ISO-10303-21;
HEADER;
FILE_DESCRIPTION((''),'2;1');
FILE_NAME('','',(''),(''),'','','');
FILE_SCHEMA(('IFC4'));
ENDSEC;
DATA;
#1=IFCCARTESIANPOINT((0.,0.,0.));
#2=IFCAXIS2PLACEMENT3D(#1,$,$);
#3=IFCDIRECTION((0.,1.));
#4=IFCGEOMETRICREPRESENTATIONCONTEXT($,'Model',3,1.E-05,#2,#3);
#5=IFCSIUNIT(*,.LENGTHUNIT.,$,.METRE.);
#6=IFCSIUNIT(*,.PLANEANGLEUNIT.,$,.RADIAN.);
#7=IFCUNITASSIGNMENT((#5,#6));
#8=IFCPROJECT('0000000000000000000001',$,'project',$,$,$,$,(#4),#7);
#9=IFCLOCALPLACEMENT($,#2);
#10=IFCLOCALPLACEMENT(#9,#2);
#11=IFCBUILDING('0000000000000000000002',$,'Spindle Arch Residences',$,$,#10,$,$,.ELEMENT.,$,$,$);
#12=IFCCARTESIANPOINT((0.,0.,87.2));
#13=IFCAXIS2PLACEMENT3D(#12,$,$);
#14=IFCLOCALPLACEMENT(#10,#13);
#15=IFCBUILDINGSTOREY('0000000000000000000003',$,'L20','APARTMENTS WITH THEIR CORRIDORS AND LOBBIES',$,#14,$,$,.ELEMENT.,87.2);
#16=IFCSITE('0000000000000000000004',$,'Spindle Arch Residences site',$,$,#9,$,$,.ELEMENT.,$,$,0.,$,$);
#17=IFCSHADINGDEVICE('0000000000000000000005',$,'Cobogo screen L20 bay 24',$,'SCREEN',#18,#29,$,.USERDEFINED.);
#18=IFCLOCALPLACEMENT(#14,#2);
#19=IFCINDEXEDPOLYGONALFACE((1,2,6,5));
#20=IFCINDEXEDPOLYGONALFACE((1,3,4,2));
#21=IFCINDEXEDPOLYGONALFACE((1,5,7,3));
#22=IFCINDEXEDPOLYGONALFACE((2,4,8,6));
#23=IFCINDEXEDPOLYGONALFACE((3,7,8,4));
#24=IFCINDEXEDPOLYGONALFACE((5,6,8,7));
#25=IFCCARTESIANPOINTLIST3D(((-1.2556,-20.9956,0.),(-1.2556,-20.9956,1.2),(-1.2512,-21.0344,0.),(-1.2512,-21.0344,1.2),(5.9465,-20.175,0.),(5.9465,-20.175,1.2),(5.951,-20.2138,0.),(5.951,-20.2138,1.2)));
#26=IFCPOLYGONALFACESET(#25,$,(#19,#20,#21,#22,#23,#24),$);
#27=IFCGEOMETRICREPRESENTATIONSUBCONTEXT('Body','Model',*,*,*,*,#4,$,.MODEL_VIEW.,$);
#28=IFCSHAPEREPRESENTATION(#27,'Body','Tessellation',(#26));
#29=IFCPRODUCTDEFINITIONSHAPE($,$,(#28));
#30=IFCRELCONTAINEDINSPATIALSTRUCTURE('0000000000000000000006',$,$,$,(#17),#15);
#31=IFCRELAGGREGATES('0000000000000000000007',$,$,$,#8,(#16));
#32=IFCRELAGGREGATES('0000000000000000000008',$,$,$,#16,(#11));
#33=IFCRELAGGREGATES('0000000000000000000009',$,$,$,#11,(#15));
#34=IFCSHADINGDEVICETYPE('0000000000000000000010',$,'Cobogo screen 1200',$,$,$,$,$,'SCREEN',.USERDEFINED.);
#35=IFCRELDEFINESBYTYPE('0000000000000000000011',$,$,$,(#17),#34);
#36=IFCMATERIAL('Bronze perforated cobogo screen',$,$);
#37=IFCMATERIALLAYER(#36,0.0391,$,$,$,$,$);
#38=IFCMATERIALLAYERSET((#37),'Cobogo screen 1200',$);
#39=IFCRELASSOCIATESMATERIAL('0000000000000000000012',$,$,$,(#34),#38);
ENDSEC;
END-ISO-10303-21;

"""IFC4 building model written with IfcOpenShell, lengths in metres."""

from ifc_helpers import new_model, si_unit, direction, frame, origin, origin_2d, place, context, subcontext, project, spatial, rectangle, extrude, material, layer, layer_set, type_object, element, save


model = new_model("IFC4")

# Units and contexts
model_context = context("Model", 3, precision=1e-05, world=origin(), true_north=direction((0.0, 1.0)))
body_context = subcontext(model_context, "Body", "Model", "MODEL_VIEW")
ifc_project = project(units=[si_unit("LENGTHUNIT", "METRE"), si_unit("PLANEANGLEUNIT", "RADIAN")], contexts=[model_context])

# Site, building, storey
site_placement = place(None, origin())
site = spatial("IfcSite", under=ifc_project, at=site_placement, Name="Spindle Arch Residences site", CompositionType="ELEMENT", RefElevation=0.0)
building_placement = place(site_placement, origin())
building = spatial("IfcBuilding", under=site, at=building_placement, Name="Spindle Arch Residences", CompositionType="ELEMENT")
storey_placement = place(building_placement, frame((0.0, 0.0, 87.2)))
storey = spatial("IfcBuildingStorey", under=building, at=storey_placement, Name="L20", Description="APARTMENTS WITH THEIR CORRIDORS AND LOBBIES", CompositionType="ELEMENT", Elevation=87.2)

# Shading device
ifc_material_1 = material(Name="Bronze perforated cobogo screen")
ifc_layer_1 = layer(ifc_material_1, 0.0391)
ifc_layer_set_1 = layer_set([ifc_layer_1], Name="Cobogo screen 1200")
shading_device_type = type_object("IfcShadingDeviceType", Name="Cobogo screen 1200", ElementType="SCREEN", PredefinedType="USERDEFINED", material=ifc_layer_set_1)
for number, where, z_axis, x_axis, name in (
    (1, (2.3477, -20.6047, 0.0), (0.0, 0.0, 1.0), (0.993572, 0.113203, 0.0), "Cobogo screen L20 bay 24"),
):
    element("IfcShadingDevice", number, at=place(storey_placement, frame(where, z_axis=z_axis, x_axis=x_axis)), inside=storey, type_object=shading_device_type, Name=name, ObjectType="SCREEN", PredefinedType="USERDEFINED", context=body_context, shape_type="SweptSolid", body=[
        extrude(rectangle(XDim=7.2488, YDim=0.0391, at=origin_2d()), origin(), (0.0, 0.0, 1.0), 1.2),
    ])

save(model, "model.ifc")
